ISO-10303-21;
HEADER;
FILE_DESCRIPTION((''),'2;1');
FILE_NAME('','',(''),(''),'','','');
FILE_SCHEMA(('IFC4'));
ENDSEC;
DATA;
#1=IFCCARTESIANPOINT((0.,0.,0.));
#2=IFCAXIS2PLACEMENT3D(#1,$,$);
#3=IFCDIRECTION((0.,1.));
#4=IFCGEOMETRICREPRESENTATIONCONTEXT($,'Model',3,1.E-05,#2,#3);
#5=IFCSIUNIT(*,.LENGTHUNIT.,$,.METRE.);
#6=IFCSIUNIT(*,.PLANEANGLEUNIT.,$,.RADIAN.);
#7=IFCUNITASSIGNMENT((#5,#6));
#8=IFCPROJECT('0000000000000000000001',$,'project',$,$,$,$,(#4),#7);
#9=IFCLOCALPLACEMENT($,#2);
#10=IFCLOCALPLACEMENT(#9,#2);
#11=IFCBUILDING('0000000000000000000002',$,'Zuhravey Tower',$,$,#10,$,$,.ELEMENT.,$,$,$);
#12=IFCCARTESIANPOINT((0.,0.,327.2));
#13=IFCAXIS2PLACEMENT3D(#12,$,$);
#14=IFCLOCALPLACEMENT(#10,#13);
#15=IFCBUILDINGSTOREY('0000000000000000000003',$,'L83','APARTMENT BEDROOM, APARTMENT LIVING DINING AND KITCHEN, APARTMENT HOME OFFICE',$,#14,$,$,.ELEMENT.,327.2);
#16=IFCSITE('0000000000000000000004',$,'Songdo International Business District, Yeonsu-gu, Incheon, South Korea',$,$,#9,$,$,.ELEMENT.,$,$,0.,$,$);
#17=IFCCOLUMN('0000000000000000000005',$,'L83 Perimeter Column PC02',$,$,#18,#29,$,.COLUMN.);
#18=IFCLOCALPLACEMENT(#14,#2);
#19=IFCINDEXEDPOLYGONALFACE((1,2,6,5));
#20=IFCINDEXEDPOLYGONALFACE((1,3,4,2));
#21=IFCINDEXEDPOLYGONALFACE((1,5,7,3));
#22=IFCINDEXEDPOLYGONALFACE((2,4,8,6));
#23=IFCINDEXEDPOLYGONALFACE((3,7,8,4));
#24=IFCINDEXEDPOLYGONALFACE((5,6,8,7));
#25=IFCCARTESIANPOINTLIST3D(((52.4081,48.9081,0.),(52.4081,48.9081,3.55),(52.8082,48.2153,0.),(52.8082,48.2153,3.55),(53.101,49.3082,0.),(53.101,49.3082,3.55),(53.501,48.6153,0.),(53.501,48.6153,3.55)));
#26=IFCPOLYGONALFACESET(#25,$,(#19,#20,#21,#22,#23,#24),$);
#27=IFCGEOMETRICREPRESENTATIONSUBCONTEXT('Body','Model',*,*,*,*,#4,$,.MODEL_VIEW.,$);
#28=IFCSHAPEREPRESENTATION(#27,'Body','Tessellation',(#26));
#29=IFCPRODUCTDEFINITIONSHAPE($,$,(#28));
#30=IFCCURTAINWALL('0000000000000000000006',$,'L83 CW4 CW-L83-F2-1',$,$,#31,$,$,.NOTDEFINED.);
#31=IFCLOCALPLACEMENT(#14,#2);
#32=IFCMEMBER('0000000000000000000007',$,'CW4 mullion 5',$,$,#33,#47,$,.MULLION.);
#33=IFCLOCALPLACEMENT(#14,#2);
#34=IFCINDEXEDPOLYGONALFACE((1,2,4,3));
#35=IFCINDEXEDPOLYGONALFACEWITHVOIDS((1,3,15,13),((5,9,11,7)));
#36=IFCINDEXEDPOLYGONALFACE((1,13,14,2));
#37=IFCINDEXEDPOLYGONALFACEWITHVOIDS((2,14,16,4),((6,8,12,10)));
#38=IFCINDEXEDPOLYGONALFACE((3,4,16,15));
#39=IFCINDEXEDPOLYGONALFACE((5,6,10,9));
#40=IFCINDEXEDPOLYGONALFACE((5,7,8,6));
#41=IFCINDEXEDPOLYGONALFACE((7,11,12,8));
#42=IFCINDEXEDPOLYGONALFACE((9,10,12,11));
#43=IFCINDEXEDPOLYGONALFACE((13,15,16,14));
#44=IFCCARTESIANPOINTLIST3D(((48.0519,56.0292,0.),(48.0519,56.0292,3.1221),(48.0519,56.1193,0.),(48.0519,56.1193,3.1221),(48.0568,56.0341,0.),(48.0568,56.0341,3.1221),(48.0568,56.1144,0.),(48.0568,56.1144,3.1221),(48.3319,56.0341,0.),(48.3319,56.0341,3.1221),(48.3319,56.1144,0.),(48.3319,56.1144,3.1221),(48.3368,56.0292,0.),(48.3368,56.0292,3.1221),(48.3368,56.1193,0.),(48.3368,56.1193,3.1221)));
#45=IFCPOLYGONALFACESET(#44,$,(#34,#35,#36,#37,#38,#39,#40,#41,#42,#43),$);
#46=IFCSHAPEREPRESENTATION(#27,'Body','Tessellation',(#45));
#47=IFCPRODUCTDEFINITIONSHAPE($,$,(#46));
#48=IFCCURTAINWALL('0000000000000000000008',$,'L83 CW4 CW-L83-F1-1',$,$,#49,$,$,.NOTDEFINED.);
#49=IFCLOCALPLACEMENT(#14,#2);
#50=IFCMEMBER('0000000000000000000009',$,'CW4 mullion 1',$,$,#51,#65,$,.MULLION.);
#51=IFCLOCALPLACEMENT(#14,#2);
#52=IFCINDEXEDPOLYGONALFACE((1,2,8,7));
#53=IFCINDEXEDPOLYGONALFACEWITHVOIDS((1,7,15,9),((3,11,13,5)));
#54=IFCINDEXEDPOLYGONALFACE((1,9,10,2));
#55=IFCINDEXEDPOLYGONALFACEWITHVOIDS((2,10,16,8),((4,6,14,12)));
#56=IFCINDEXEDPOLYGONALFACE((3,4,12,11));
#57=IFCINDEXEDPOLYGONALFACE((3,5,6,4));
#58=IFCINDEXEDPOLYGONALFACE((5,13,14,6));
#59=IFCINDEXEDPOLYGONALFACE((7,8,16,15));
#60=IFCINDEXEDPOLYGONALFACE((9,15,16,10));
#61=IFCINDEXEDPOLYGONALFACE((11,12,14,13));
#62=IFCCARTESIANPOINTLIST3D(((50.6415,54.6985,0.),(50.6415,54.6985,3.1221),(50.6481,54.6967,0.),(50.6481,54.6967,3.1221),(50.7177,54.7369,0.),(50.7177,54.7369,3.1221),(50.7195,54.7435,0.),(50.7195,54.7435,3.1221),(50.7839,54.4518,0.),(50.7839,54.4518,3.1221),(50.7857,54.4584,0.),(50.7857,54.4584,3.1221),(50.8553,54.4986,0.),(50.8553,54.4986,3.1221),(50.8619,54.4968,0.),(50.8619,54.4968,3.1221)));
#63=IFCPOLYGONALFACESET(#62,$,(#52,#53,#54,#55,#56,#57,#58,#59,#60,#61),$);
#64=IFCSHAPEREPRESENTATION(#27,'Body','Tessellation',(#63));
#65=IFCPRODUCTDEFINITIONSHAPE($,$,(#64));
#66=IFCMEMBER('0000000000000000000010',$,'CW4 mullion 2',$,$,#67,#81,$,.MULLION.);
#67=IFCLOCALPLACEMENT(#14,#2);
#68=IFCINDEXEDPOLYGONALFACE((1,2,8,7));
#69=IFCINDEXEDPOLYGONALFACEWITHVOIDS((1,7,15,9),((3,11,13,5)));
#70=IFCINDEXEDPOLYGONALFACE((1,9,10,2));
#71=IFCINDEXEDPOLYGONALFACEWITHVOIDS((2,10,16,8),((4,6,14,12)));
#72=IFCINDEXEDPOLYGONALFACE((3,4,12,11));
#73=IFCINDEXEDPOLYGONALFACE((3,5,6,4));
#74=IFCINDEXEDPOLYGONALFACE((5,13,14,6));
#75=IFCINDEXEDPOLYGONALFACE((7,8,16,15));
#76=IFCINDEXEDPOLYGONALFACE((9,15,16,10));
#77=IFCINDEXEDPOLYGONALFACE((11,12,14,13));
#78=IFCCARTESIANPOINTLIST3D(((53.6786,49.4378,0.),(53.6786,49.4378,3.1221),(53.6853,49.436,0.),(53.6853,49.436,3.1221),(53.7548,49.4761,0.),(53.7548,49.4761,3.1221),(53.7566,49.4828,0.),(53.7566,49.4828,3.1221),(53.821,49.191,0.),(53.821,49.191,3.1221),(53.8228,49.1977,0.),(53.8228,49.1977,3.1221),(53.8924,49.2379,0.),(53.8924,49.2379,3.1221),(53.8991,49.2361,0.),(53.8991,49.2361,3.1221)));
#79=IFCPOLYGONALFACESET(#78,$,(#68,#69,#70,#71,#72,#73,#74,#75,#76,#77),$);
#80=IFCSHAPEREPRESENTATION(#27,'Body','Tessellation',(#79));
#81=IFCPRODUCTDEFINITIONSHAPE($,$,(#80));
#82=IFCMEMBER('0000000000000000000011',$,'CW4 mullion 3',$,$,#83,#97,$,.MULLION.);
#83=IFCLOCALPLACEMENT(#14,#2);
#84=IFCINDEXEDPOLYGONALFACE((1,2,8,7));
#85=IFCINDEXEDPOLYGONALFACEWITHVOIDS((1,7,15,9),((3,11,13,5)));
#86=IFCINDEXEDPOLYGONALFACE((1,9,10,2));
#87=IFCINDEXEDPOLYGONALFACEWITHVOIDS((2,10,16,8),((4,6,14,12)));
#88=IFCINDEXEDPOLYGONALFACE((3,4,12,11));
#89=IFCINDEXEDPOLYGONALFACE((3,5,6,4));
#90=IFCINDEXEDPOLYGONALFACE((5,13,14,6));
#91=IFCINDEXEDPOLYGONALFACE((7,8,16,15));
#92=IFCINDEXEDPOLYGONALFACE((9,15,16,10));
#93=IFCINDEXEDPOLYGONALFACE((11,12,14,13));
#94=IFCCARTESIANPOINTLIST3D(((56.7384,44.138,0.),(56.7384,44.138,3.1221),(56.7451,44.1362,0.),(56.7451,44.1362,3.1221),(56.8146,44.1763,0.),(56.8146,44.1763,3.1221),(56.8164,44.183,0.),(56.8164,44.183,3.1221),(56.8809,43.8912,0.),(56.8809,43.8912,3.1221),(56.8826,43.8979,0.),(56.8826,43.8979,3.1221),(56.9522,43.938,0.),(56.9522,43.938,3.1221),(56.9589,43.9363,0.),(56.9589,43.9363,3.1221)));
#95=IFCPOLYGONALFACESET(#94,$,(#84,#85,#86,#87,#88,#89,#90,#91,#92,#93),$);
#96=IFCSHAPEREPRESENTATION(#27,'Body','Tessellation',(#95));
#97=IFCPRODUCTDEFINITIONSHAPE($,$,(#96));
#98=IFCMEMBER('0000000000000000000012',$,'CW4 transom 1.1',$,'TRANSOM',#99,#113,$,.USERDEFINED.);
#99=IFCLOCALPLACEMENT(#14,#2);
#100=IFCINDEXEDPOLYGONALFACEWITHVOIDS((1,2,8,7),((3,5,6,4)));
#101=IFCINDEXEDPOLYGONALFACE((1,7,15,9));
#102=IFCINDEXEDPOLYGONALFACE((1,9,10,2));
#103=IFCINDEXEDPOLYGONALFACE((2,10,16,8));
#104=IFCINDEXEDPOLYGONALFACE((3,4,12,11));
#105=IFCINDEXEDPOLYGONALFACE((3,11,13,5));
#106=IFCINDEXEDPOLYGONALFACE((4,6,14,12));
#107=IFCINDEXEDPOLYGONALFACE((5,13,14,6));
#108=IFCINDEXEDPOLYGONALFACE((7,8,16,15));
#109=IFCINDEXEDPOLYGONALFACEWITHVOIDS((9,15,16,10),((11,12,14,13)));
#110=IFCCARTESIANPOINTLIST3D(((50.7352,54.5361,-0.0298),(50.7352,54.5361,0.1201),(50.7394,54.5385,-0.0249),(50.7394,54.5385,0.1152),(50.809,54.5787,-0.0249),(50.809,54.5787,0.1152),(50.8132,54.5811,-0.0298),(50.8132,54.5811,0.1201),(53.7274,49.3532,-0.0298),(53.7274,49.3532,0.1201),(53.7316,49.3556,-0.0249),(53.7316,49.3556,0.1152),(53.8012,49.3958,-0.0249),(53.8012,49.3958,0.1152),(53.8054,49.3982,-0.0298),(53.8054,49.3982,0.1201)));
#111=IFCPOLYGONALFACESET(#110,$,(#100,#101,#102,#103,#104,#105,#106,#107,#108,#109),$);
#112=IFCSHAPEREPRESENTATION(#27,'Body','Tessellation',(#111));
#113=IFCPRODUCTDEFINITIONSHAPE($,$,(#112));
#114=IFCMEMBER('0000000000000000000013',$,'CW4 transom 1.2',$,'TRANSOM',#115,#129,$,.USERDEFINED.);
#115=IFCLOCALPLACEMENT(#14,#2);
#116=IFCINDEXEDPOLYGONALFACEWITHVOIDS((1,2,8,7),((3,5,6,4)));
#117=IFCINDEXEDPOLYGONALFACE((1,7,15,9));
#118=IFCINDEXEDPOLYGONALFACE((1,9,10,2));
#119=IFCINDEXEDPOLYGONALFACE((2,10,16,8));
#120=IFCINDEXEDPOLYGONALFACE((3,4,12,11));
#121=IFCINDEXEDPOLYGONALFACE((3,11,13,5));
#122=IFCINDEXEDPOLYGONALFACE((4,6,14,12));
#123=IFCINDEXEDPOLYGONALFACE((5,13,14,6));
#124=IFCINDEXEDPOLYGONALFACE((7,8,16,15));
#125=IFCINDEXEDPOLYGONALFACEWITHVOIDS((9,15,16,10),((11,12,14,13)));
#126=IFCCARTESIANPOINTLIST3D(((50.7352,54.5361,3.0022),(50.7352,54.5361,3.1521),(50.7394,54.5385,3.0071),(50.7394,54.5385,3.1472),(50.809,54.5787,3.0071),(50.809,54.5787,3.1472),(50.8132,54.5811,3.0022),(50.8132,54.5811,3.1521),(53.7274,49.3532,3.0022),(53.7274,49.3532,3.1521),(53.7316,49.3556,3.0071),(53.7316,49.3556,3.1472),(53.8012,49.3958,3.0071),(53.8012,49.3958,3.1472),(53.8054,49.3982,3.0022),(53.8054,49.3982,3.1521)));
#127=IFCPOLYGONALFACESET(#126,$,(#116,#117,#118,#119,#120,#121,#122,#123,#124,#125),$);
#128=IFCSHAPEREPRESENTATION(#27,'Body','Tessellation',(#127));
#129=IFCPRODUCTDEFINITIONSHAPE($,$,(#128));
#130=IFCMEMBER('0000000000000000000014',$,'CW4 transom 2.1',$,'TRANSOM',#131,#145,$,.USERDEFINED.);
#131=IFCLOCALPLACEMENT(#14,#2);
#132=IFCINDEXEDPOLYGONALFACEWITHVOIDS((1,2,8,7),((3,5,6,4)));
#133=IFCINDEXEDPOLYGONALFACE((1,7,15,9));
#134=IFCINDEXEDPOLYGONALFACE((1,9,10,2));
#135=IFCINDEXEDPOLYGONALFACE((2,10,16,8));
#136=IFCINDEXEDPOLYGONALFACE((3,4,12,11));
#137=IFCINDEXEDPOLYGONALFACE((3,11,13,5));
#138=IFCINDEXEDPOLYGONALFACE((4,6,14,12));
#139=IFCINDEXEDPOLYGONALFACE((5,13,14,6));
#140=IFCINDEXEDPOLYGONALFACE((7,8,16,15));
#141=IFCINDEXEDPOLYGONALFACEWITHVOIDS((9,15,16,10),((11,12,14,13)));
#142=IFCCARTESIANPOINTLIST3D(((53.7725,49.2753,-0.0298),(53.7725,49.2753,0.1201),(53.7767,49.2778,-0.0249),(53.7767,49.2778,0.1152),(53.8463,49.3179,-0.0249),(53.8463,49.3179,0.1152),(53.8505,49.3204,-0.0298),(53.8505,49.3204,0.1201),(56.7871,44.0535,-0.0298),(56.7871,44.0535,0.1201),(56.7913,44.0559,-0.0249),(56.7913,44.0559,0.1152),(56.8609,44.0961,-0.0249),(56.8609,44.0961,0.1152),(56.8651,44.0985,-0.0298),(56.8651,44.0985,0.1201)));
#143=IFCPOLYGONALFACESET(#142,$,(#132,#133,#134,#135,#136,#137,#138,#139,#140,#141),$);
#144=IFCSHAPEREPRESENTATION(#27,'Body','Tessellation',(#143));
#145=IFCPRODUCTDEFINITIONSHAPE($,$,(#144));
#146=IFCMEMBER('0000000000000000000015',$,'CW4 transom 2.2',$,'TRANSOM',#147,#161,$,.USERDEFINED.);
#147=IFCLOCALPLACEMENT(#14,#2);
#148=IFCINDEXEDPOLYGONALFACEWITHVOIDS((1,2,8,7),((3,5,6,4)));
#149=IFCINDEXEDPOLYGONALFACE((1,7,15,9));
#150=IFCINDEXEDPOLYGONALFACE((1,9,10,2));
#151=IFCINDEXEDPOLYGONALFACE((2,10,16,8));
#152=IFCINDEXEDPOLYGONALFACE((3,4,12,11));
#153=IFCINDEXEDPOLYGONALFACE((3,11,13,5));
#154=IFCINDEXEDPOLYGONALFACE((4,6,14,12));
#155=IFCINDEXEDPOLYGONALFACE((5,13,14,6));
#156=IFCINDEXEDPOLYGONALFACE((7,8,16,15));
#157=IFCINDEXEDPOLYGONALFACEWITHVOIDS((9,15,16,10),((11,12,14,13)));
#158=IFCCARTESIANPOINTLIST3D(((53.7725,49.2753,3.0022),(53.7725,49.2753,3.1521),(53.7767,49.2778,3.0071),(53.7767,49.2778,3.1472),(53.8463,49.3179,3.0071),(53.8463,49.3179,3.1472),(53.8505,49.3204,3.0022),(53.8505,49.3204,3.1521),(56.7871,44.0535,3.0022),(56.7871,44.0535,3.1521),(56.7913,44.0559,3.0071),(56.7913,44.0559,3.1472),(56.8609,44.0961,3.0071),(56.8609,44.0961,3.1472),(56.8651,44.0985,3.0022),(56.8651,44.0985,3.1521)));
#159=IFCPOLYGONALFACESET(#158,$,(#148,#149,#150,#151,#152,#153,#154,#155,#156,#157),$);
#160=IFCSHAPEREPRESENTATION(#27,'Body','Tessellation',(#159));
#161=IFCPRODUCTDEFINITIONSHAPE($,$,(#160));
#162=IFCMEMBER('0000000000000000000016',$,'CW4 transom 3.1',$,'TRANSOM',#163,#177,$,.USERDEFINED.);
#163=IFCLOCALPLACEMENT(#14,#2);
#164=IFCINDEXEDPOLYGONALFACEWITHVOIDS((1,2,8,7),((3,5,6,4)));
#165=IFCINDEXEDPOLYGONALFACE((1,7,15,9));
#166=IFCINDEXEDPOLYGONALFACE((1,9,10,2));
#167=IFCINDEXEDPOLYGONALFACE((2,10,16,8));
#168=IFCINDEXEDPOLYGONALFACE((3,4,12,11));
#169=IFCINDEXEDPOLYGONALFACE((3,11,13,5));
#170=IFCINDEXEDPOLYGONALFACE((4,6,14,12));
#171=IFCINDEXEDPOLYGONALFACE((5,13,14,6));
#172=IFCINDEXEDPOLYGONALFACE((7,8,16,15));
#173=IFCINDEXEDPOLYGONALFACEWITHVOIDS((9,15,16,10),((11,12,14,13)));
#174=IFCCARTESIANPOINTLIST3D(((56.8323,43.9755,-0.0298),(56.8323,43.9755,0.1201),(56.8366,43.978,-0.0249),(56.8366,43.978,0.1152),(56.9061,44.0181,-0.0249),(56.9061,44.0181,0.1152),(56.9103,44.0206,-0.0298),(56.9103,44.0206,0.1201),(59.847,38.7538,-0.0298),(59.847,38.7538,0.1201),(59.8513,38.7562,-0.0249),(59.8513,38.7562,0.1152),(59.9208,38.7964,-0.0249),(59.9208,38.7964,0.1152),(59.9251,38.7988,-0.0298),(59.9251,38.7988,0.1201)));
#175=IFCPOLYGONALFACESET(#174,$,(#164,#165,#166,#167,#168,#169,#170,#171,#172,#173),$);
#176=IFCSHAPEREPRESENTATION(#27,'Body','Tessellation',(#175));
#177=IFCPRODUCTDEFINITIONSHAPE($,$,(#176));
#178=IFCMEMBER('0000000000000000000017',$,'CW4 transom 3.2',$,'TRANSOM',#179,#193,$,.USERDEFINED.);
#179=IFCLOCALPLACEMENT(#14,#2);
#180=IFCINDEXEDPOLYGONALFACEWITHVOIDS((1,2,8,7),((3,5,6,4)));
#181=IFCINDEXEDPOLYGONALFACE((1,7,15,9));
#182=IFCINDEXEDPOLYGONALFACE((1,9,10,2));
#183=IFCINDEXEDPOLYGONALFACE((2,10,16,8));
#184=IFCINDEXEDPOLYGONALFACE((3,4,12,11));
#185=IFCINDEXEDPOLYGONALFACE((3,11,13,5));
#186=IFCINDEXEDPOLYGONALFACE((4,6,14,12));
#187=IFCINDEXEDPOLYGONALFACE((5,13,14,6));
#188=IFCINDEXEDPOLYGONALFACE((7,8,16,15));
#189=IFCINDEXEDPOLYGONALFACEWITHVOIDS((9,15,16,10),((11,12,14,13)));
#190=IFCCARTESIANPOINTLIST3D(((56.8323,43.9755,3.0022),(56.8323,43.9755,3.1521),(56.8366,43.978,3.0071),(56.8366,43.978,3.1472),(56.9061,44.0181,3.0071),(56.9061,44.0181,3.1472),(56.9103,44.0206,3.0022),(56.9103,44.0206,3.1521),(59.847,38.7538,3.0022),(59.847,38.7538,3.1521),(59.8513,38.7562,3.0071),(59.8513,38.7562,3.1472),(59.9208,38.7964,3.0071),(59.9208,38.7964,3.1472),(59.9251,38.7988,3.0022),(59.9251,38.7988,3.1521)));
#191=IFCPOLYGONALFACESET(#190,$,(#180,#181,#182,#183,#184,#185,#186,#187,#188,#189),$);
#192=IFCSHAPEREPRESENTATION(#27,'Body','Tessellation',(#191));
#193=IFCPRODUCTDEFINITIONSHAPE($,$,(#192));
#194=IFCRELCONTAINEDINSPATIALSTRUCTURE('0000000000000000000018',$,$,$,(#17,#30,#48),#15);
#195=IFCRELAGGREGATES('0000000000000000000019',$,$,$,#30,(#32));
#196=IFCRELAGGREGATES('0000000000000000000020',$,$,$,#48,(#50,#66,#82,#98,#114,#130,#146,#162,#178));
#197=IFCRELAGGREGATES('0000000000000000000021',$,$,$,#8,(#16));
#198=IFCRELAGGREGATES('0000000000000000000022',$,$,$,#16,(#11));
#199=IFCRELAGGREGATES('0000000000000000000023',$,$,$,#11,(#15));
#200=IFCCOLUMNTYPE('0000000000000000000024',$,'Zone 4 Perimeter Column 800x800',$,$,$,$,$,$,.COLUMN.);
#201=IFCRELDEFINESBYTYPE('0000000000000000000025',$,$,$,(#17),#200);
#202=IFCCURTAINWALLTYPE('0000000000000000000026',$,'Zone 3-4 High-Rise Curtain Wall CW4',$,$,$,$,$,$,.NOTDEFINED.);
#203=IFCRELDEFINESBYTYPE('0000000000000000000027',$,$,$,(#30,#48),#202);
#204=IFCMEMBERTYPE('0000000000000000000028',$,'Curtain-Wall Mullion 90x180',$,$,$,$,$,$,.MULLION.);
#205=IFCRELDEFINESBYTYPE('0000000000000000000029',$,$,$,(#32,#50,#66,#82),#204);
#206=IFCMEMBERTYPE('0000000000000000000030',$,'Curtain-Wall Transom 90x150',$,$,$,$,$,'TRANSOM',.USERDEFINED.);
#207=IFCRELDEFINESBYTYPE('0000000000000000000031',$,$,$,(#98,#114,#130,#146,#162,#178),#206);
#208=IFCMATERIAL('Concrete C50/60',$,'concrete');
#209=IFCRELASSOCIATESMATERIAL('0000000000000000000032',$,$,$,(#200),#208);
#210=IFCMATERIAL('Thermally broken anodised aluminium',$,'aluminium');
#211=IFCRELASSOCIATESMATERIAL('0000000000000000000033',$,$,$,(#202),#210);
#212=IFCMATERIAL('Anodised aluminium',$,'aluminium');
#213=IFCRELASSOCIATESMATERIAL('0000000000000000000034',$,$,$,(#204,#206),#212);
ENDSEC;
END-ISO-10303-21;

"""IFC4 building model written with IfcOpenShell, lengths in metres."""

from ifc_helpers import new_model, si_unit, direction, frame, origin, origin_2d, place, context, subcontext, project, spatial, rectangle, hollow_rectangle, extrude, material, material_profile, profile_set, type_object, element, aggregate, save


model = new_model("IFC4")

# Units and contexts
model_context = context("Model", 3, precision=1e-05, world=origin(), true_north=direction((0.0, 1.0)))
body_context = subcontext(model_context, "Body", "Model", "MODEL_VIEW")
ifc_project = project(units=[si_unit("LENGTHUNIT", "METRE"), si_unit("PLANEANGLEUNIT", "RADIAN")], contexts=[model_context])

# Site, building, storey
site_placement = place(None, origin())
site = spatial("IfcSite", under=ifc_project, at=site_placement, Name="Songdo International Business District, Yeonsu-gu, Incheon, South Korea", CompositionType="ELEMENT", RefElevation=0.0)
building_placement = place(site_placement, origin())
building = spatial("IfcBuilding", under=site, at=building_placement, Name="Zuhravey Tower", CompositionType="ELEMENT")
storey_placement = place(building_placement, frame((0.0, 0.0, 327.2)))
storey = spatial("IfcBuildingStorey", under=building, at=storey_placement, Name="L83", Description="APARTMENT BEDROOM, APARTMENT LIVING DINING AND KITCHEN, APARTMENT HOME OFFICE", CompositionType="ELEMENT", Elevation=327.2)

# Column
ifc_material_1 = material(Name="Concrete C50/60", Category="concrete")
ifc_material_profile_1 = material_profile(ifc_material_1, rectangle(XDim=0.8, YDim=0.8, at=origin_2d()), Name="RC-800x800")
ifc_profile_set_1 = profile_set([ifc_material_profile_1], Name="Concrete C50/60")
column_type = type_object("IfcColumnType", Name="Zone 4 Perimeter Column 800x800", PredefinedType="COLUMN", material=ifc_profile_set_1)
column_placement = place(storey_placement, frame((52.9546, 48.7617, 0.0), z_axis=(0.0, 0.0, 1.0), x_axis=(-0.5, 0.866025, 0.0)))
element("IfcColumn", 1, at=column_placement, inside=storey, type_object=column_type, Name="L83 Perimeter Column PC02", PredefinedType="COLUMN", context=body_context, shape_type="SweptSolid", body=[
    extrude(rectangle(XDim=0.8, YDim=0.8, at=origin_2d()), origin(), (0.0, 0.0, 1.0), 3.55),
])

# Curtain wall, member
ifc_material_2 = material(Name="Thermally broken anodised aluminium", Category="aluminium")
curtain_wall_type = type_object("IfcCurtainWallType", Name="Zone 3-4 High-Rise Curtain Wall CW4", PredefinedType="NOTDEFINED", material=ifc_material_2)
curtain_wall_1_placement = place(storey_placement, origin())
curtain_wall_1 = element("IfcCurtainWall", 2, at=curtain_wall_1_placement, inside=storey, type_object=curtain_wall_type, Name="L83 CW4 CW-L83-F2-1", PredefinedType="NOTDEFINED")
ifc_material_3 = material(Name="Anodised aluminium", Category="aluminium")
ifc_material_profile_2 = material_profile(ifc_material_3, hollow_rectangle(XDim=0.0901, YDim=0.2849, WallThickness=0.0049, at=origin_2d()), Name="ALU-RHS-90x285x5")
ifc_profile_set_2 = profile_set([ifc_material_profile_2], Name="Anodised aluminium")
member_type_1 = type_object("IfcMemberType", Name="Curtain-Wall Mullion 90x180", PredefinedType="MULLION", material=ifc_profile_set_2)
member_1_placement = place(storey_placement, frame((48.1943, 56.0742, 0.0), z_axis=(0.0, 0.0, 1.0), x_axis=(0.0, 1.0, 0.0)))
member_1 = element("IfcMember", 3, at=member_1_placement, type_object=member_type_1, Name="CW4 mullion 5", PredefinedType="MULLION", context=body_context, shape_type="SweptSolid", body=[
    extrude(hollow_rectangle(XDim=0.0901, YDim=0.2849, WallThickness=0.0049, at=origin_2d()), origin(), (0.0, 0.0, 1.0), 3.1221),
])
aggregate(curtain_wall_1, [member_1])

# Curtain wall, members
curtain_wall_2_placement = place(storey_placement, origin())
curtain_wall_2 = element("IfcCurtainWall", 4, at=curtain_wall_2_placement, inside=storey, type_object=curtain_wall_type, Name="L83 CW4 CW-L83-F1-1", PredefinedType="NOTDEFINED")
member_2_placement = place(storey_placement, frame((50.7517, 54.5977, 0.0), z_axis=(0.0, 0.0, 1.0), x_axis=(0.866026, 0.5, 0.0)))
member_2 = element("IfcMember", 5, at=member_2_placement, type_object=member_type_1, Name="CW4 mullion 1", PredefinedType="MULLION", context=body_context, shape_type="SweptSolid", body=[
    extrude(hollow_rectangle(XDim=0.0901, YDim=0.2849, WallThickness=0.0049, at=origin_2d()), origin(), (0.0, 0.0, 1.0), 3.1221),
])
member_3_placement = place(storey_placement, frame((53.7888, 49.3369, 0.0), z_axis=(0.0, 0.0, 1.0), x_axis=(0.866026, 0.5, 0.0)))
member_3 = element("IfcMember", 6, at=member_3_placement, type_object=member_type_1, Name="CW4 mullion 2", PredefinedType="MULLION", context=body_context, shape_type="SweptSolid", body=[
    extrude(hollow_rectangle(XDim=0.0901, YDim=0.2849, WallThickness=0.0049, at=origin_2d()), origin(), (0.0, 0.0, 1.0), 3.1221),
])
member_4_placement = place(storey_placement, frame((56.8486, 44.0371, 0.0), z_axis=(0.0, 0.0, 1.0), x_axis=(0.866026, 0.5, 0.0)))
member_4 = element("IfcMember", 7, at=member_4_placement, type_object=member_type_1, Name="CW4 mullion 3", PredefinedType="MULLION", context=body_context, shape_type="SweptSolid", body=[
    extrude(hollow_rectangle(XDim=0.0901, YDim=0.2849, WallThickness=0.0049, at=origin_2d()), origin(), (0.0, 0.0, 1.0), 3.1221),
])
ifc_material_profile_3 = material_profile(ifc_material_3, hollow_rectangle(XDim=0.0901, YDim=0.1499, WallThickness=0.0049, at=origin_2d()), Name="ALU-RHS-90x150x5")
ifc_profile_set_3 = profile_set([ifc_material_profile_3], Name="Anodised aluminium")
member_type_2 = type_object("IfcMemberType", Name="Curtain-Wall Transom 90x150", ElementType="TRANSOM", PredefinedType="USERDEFINED", material=ifc_profile_set_3)
member_5_placement = place(storey_placement, frame((50.7742, 54.5586, 0.0452), z_axis=(0.499983, -0.866035, 0.0), x_axis=(0.866035, 0.499983, 0.0)))
member_5 = element("IfcMember", 8, at=member_5_placement, type_object=member_type_2, Name="CW4 transom 1.1", ObjectType="TRANSOM", PredefinedType="USERDEFINED", context=body_context, shape_type="SweptSolid", body=[
    extrude(hollow_rectangle(XDim=0.0901, YDim=0.1499, WallThickness=0.0049, at=origin_2d()), origin(), (0.0, 0.0, 1.0), 5.9846),
])
member_6_placement = place(storey_placement, frame((50.7742, 54.5586, 3.0771), z_axis=(0.499983, -0.866035, 0.0), x_axis=(0.866035, 0.499983, 0.0)))
member_6 = element("IfcMember", 9, at=member_6_placement, type_object=member_type_2, Name="CW4 transom 1.2", ObjectType="TRANSOM", PredefinedType="USERDEFINED", context=body_context, shape_type="SweptSolid", body=[
    extrude(hollow_rectangle(XDim=0.0901, YDim=0.1499, WallThickness=0.0049, at=origin_2d()), origin(), (0.0, 0.0, 1.0), 5.9846),
])
member_7_placement = place(storey_placement, frame((53.8115, 49.2979, 0.0452), z_axis=(0.499971, -0.866042, 0.0), x_axis=(0.866042, 0.499971, 0.0)))
member_7 = element("IfcMember", 10, at=member_7_placement, type_object=member_type_2, Name="CW4 transom 2.1", ObjectType="TRANSOM", PredefinedType="USERDEFINED", context=body_context, shape_type="SweptSolid", body=[
    extrude(hollow_rectangle(XDim=0.0901, YDim=0.1499, WallThickness=0.0049, at=origin_2d()), origin(), (0.0, 0.0, 1.0), 6.0295),
])
member_8_placement = place(storey_placement, frame((53.8115, 49.2979, 3.0771), z_axis=(0.499971, -0.866042, 0.0), x_axis=(0.866042, 0.499971, 0.0)))
member_8 = element("IfcMember", 11, at=member_8_placement, type_object=member_type_2, Name="CW4 transom 2.2", ObjectType="TRANSOM", PredefinedType="USERDEFINED", context=body_context, shape_type="SweptSolid", body=[
    extrude(hollow_rectangle(XDim=0.0901, YDim=0.1499, WallThickness=0.0049, at=origin_2d()), origin(), (0.0, 0.0, 1.0), 6.0295),
])
member_9_placement = place(storey_placement, frame((56.8713, 43.998, 0.0452), z_axis=(0.499989, -0.866032, 0.0), x_axis=(0.866032, 0.499989, 0.0)))
member_9 = element("IfcMember", 12, at=member_9_placement, type_object=member_type_2, Name="CW4 transom 3.1", ObjectType="TRANSOM", PredefinedType="USERDEFINED", context=body_context, shape_type="SweptSolid", body=[
    extrude(hollow_rectangle(XDim=0.0901, YDim=0.1499, WallThickness=0.0049, at=origin_2d()), origin(), (0.0, 0.0, 1.0), 6.0295),
])
member_10_placement = place(storey_placement, frame((56.8713, 43.998, 3.0771), z_axis=(0.499989, -0.866032, 0.0), x_axis=(0.866032, 0.499989, 0.0)))
member_10 = element("IfcMember", 13, at=member_10_placement, type_object=member_type_2, Name="CW4 transom 3.2", ObjectType="TRANSOM", PredefinedType="USERDEFINED", context=body_context, shape_type="SweptSolid", body=[
    extrude(hollow_rectangle(XDim=0.0901, YDim=0.1499, WallThickness=0.0049, at=origin_2d()), origin(), (0.0, 0.0, 1.0), 6.0295),
])

aggregate(curtain_wall_2, [member_2, member_3, member_4, member_5, member_6, member_7, member_8, member_9, member_10])

save(model, "model.ifc")
